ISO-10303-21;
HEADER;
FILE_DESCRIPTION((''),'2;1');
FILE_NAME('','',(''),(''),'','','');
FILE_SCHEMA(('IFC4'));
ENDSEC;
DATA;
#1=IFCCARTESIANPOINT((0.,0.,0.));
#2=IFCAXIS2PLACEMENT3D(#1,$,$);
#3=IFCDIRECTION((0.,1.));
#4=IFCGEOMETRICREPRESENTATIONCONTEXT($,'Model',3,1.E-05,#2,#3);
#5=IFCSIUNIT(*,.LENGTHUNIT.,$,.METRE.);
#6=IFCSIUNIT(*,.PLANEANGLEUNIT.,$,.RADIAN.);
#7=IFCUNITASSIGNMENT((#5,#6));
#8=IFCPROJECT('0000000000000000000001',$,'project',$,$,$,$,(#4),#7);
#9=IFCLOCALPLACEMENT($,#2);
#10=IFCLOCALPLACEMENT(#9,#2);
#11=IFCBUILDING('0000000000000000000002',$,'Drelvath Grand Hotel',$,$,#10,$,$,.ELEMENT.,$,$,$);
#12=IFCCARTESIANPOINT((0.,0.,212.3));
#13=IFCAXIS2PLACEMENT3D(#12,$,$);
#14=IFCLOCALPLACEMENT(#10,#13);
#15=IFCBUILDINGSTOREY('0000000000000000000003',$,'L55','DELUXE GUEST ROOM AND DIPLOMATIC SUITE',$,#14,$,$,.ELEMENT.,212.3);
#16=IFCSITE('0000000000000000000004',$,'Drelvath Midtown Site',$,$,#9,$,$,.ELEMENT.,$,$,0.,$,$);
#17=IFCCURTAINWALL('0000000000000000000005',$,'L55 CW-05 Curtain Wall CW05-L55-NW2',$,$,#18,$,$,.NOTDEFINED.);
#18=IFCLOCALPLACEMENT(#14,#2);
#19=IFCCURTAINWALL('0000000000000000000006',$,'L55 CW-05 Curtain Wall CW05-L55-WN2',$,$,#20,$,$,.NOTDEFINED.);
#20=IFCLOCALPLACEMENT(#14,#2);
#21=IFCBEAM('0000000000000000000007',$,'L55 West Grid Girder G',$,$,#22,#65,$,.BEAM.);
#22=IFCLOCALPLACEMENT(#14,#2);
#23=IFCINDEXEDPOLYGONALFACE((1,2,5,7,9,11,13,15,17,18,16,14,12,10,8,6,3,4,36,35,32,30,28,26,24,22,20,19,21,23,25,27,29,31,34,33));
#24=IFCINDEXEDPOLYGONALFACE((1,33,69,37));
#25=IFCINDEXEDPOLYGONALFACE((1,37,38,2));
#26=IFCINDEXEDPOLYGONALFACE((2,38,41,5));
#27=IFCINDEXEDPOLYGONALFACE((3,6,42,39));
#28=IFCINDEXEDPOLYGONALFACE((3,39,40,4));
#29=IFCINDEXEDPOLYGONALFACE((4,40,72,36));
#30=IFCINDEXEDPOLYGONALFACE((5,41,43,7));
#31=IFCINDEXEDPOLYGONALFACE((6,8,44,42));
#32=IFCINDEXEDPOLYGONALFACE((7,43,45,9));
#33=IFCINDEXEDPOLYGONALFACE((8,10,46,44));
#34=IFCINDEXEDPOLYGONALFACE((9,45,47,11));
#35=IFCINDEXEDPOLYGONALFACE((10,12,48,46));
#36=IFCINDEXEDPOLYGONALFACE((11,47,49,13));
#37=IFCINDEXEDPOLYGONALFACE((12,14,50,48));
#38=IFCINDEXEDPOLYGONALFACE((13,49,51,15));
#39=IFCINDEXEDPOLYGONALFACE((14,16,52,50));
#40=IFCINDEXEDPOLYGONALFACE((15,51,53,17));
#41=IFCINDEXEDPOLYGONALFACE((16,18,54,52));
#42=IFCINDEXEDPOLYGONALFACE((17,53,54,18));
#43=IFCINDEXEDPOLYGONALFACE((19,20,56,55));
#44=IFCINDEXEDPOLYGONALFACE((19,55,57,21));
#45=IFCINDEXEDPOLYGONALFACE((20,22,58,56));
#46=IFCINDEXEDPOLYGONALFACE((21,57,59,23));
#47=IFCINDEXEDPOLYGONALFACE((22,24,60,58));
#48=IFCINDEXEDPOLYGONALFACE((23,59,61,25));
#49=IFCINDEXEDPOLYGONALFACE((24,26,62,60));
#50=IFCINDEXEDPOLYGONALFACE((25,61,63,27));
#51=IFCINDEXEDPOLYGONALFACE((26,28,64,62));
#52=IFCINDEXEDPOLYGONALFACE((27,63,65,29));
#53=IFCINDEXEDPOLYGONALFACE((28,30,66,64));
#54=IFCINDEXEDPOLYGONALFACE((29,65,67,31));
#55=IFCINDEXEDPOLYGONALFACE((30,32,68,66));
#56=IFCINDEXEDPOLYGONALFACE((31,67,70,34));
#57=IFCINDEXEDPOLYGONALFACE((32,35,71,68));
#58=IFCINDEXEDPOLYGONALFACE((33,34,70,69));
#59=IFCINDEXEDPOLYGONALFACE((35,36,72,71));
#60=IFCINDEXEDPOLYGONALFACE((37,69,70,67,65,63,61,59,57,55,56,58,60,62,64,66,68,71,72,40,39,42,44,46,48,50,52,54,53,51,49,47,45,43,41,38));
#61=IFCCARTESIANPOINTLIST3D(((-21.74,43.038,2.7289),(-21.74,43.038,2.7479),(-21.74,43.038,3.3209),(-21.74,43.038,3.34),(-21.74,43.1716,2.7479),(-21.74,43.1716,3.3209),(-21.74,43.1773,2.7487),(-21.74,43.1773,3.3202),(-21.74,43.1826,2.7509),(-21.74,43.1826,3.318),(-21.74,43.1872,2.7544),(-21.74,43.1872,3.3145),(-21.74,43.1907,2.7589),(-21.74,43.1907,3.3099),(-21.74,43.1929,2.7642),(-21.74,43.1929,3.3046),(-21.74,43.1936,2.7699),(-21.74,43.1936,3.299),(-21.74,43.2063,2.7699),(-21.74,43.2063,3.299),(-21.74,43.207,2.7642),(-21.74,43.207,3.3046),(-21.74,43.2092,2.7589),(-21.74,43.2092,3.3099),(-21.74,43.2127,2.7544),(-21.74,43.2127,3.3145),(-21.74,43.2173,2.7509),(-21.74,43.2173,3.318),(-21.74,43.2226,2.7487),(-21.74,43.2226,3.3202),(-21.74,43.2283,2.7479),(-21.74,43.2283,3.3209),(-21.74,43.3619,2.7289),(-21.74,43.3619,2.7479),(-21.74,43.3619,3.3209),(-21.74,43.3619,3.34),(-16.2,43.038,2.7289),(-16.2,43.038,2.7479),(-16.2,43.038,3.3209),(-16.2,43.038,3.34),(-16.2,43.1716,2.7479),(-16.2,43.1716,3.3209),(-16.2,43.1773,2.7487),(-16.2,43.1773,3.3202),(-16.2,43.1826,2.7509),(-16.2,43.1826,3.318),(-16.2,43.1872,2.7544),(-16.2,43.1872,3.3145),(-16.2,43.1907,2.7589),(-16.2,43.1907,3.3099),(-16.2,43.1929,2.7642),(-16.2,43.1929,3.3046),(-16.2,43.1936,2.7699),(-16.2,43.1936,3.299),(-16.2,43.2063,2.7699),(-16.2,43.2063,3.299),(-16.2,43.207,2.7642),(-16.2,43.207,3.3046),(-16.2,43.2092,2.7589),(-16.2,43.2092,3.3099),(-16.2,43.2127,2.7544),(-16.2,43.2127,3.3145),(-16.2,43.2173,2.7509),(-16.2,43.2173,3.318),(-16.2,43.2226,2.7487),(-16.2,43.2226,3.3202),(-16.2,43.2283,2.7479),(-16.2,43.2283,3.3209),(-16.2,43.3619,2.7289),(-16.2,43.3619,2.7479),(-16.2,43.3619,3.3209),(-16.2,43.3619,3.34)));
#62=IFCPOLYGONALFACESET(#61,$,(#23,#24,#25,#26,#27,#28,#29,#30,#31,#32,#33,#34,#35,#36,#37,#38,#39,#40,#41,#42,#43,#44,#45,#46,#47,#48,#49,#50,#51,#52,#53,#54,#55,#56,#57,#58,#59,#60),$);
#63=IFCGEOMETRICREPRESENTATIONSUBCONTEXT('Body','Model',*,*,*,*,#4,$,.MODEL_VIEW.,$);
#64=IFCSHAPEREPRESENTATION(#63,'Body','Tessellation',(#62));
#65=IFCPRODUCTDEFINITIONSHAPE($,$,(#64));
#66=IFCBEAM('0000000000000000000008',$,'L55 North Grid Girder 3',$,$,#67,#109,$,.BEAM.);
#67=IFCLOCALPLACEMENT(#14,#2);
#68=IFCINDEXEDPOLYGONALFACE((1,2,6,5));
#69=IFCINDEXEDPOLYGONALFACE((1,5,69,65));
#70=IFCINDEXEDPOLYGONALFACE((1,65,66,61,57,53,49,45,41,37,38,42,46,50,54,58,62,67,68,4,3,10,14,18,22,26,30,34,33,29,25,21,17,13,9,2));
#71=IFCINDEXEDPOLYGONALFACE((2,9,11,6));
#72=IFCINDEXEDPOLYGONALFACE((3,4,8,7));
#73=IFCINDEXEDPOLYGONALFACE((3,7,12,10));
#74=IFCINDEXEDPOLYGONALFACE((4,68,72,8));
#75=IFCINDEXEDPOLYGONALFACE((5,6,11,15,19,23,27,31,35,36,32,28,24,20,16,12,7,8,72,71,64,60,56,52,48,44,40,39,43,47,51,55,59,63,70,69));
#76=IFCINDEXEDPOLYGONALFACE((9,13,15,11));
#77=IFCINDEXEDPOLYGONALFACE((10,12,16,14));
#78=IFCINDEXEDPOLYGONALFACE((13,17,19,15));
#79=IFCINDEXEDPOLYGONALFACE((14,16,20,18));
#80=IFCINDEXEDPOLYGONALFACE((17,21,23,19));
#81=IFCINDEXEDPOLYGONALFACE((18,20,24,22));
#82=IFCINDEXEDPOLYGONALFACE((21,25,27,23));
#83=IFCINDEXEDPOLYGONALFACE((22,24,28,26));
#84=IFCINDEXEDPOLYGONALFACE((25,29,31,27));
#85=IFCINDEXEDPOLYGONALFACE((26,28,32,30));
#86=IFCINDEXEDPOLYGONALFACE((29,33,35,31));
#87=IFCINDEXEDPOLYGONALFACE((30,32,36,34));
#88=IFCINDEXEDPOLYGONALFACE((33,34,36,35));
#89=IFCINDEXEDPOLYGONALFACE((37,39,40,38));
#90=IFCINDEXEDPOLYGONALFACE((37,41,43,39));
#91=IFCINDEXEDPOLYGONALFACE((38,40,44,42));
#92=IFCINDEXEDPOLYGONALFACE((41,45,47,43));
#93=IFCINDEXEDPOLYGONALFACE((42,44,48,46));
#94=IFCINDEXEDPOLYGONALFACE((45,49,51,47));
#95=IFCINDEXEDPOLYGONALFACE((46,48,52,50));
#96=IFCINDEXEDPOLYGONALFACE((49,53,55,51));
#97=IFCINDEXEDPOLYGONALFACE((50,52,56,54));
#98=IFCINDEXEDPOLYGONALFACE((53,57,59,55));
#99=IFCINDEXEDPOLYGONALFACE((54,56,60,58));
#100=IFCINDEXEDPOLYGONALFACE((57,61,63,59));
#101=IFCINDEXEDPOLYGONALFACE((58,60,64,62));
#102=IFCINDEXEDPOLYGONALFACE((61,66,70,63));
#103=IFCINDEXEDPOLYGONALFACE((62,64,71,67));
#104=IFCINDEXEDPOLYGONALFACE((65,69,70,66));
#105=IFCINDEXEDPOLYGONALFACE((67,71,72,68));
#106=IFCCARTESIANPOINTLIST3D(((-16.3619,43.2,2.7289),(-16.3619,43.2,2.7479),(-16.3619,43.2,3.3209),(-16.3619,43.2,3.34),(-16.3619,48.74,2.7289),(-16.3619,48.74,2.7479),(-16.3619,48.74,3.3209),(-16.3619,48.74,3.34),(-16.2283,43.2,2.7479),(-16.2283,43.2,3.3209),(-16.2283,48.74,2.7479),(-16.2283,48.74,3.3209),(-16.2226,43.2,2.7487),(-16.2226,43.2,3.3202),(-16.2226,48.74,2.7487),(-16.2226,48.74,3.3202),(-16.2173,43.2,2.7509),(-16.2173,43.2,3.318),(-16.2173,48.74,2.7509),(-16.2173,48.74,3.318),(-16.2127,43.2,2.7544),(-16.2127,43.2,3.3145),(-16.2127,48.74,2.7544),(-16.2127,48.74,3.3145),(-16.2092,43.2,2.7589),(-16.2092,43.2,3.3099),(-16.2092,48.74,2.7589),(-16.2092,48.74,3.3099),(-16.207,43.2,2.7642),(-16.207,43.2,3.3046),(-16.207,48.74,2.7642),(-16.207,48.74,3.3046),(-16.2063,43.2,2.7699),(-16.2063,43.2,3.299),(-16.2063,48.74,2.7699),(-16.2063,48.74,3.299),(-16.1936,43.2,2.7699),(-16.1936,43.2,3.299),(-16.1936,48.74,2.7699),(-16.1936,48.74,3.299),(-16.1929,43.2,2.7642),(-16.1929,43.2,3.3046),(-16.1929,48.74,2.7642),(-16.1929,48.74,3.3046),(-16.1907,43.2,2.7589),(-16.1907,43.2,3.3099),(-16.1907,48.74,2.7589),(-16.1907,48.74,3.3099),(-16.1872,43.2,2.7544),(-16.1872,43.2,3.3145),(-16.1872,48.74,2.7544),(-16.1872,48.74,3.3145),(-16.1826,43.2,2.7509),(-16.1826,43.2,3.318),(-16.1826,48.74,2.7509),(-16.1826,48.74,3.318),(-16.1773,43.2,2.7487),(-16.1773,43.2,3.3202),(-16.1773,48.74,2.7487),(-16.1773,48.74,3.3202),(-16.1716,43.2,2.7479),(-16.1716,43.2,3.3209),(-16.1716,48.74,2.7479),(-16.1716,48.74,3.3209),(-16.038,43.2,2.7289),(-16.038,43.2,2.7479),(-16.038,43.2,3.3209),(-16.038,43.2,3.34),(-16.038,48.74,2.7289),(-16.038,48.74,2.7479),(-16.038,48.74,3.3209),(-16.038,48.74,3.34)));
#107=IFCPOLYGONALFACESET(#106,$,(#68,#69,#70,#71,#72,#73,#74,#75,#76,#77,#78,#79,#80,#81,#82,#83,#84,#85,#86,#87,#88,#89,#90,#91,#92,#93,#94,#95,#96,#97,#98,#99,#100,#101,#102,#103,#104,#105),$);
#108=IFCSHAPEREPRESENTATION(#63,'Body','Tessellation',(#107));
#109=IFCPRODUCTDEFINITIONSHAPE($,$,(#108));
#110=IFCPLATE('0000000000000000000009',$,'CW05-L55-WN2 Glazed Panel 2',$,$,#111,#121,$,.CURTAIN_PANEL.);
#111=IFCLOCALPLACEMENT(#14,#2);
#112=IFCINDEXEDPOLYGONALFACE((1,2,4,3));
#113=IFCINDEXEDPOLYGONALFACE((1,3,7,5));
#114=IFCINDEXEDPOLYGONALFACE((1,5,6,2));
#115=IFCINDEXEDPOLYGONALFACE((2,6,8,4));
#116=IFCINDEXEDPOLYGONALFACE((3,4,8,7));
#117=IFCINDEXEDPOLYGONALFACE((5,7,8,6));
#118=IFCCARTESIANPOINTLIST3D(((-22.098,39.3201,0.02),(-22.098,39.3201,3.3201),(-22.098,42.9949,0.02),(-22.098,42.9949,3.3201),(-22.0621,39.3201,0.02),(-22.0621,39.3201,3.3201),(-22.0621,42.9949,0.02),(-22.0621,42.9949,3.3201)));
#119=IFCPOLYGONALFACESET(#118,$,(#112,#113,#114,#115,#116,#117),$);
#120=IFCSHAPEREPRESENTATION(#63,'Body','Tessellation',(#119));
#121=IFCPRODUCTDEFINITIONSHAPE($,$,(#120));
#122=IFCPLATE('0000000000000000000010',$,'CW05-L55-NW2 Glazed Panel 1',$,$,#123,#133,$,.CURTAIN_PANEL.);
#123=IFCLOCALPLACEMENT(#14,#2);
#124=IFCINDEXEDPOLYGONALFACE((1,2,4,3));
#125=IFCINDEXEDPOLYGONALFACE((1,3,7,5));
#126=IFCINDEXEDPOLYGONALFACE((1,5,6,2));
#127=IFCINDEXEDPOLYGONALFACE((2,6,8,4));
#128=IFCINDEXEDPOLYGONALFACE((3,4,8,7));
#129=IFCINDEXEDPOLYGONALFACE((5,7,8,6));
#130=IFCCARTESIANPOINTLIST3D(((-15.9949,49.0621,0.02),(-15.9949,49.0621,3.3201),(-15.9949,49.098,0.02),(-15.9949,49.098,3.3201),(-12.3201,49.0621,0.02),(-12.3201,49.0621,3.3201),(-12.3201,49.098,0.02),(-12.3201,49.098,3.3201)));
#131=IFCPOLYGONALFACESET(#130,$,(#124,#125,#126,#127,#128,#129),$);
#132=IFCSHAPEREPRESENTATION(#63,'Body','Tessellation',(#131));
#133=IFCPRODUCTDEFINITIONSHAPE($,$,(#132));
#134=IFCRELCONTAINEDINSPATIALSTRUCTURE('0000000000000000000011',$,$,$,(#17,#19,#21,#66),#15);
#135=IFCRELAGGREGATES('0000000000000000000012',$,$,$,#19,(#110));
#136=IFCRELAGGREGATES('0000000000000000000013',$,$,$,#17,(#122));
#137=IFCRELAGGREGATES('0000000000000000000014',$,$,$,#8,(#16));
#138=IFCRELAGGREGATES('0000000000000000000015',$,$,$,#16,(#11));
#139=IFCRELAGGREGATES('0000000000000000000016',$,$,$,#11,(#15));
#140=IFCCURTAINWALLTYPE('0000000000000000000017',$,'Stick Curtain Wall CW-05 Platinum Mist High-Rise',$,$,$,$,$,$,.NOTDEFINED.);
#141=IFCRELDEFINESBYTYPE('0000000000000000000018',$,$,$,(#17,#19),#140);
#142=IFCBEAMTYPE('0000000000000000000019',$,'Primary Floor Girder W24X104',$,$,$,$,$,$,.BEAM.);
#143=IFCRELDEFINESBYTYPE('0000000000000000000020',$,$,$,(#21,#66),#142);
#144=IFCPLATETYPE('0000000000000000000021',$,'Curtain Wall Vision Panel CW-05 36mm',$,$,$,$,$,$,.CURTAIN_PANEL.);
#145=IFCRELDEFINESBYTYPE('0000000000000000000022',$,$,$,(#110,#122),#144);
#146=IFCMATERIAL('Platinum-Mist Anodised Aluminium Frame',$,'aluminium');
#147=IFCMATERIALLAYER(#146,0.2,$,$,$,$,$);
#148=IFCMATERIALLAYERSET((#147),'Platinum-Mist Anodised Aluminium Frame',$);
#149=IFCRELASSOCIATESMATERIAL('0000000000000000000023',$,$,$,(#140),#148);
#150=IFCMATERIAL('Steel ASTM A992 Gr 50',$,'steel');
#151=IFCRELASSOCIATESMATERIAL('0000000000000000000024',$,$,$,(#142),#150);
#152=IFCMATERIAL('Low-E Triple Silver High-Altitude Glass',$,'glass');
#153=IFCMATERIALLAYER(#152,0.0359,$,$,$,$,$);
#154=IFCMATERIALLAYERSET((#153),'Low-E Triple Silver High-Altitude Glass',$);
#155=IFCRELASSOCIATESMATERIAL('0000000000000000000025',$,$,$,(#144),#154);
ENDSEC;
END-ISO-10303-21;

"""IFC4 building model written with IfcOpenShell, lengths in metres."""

from ifc_helpers import new_model, si_unit, direction, frame, origin, origin_2d, place, context, subcontext, project, spatial, rectangle, i_section, extrude, material, layer, layer_set, material_profile, profile_set, type_object, element, aggregate, save


model = new_model("IFC4")

# Units and contexts
model_context = context("Model", 3, precision=1e-05, world=origin(), true_north=direction((0.0, 1.0)))
body_context = subcontext(model_context, "Body", "Model", "MODEL_VIEW")
ifc_project = project(units=[si_unit("LENGTHUNIT", "METRE"), si_unit("PLANEANGLEUNIT", "RADIAN")], contexts=[model_context])

# Site, building, storey
site_placement = place(None, origin())
site = spatial("IfcSite", under=ifc_project, at=site_placement, Name="Drelvath Midtown Site", CompositionType="ELEMENT", RefElevation=0.0)
building_placement = place(site_placement, origin())
building = spatial("IfcBuilding", under=site, at=building_placement, Name="Drelvath Grand Hotel", CompositionType="ELEMENT")
storey_placement = place(building_placement, frame((0.0, 0.0, 212.3)))
storey = spatial("IfcBuildingStorey", under=building, at=storey_placement, Name="L55", Description="DELUXE GUEST ROOM AND DIPLOMATIC SUITE", CompositionType="ELEMENT", Elevation=212.3)

# Shared definitions
ifc_material_1 = material(Name="Steel ASTM A992 Gr 50", Category="steel")

# Curtain wall
ifc_material_2 = material(Name="Platinum-Mist Anodised Aluminium Frame", Category="aluminium")
ifc_layer_1 = layer(ifc_material_2, 0.2)
ifc_layer_set_1 = layer_set([ifc_layer_1], Name="Platinum-Mist Anodised Aluminium Frame")
curtain_wall_type = type_object("IfcCurtainWallType", Name="Stick Curtain Wall CW-05 Platinum Mist High-Rise", PredefinedType="NOTDEFINED", material=ifc_layer_set_1)
curtain_wall_1_placement = place(storey_placement, origin())
curtain_wall_1 = element("IfcCurtainWall", 1, at=curtain_wall_1_placement, inside=storey, type_object=curtain_wall_type, Name="L55 CW-05 Curtain Wall CW05-L55-NW2", PredefinedType="NOTDEFINED")

# Curtain wall
curtain_wall_2_placement = place(storey_placement, origin())
curtain_wall_2 = element("IfcCurtainWall", 2, at=curtain_wall_2_placement, inside=storey, type_object=curtain_wall_type, Name="L55 CW-05 Curtain Wall CW05-L55-WN2", PredefinedType="NOTDEFINED")

# Beams
ifc_material_profile_1 = material_profile(ifc_material_1, i_section(OverallWidth=0.324, OverallDepth=0.6111, WebThickness=0.0127, FlangeThickness=0.019, FilletRadius=0.022, at=origin_2d()), Name="W24X104")
ifc_profile_set_1 = profile_set([ifc_material_profile_1], Name="Steel ASTM A992 Gr 50")
beam_type_1 = type_object("IfcBeamType", Name="Primary Floor Girder W24X104", PredefinedType="BEAM", material=ifc_profile_set_1)
for number, where, z_axis, x_axis, name in (
    (3, (-21.74, 43.2, 3.0344), (1.0, 0.0, 0.0), (0.0, 1.0, 0.0), "L55 West Grid Girder G"),
    (4, (-16.2, 43.2, 3.0344), (0.0, 1.0, 0.0), (-1.0, 0.0, 0.0), "L55 North Grid Girder 3"),
):
    element("IfcBeam", number, at=place(storey_placement, frame(where, z_axis=z_axis, x_axis=x_axis)), inside=storey, type_object=beam_type_1, Name=name, PredefinedType="BEAM", context=body_context, shape_type="SweptSolid", body=[
        extrude(i_section(OverallWidth=0.324, OverallDepth=0.6111, WebThickness=0.0127, FlangeThickness=0.019, FilletRadius=0.022, at=origin_2d()), origin(), (0.0, 0.0, 1.0), 5.54),
    ])

# Plates
ifc_material_3 = material(Name="Low-E Triple Silver High-Altitude Glass", Category="glass")
ifc_layer_2 = layer(ifc_material_3, 0.0359)
ifc_layer_set_2 = layer_set([ifc_layer_2], Name="Low-E Triple Silver High-Altitude Glass")
plate_type = type_object("IfcPlateType", Name="Curtain Wall Vision Panel CW-05 36mm", PredefinedType="CURTAIN_PANEL", material=ifc_layer_set_2)
plate_1_placement = place(storey_placement, frame((-22.0801, 41.1575, 0.02), z_axis=(0.0, 0.0, 1.0), x_axis=(0.0, 1.0, 0.0)))
plate_1 = element("IfcPlate", 5, at=plate_1_placement, type_object=plate_type, Name="CW05-L55-WN2 Glazed Panel 2", PredefinedType="CURTAIN_PANEL", context=body_context, shape_type="SweptSolid", body=[
    extrude(rectangle(XDim=3.6748, YDim=0.0359, at=origin_2d()), origin(), (0.0, 0.0, 1.0), 3.3),
])
aggregate(curtain_wall_2, [plate_1])
plate_2_placement = place(storey_placement, frame((-14.1575, 49.0801, 0.02), z_axis=(0.0, 0.0, 1.0), x_axis=(1.0, 0.0, 0.0)))
plate_2 = element("IfcPlate", 6, at=plate_2_placement, type_object=plate_type, Name="CW05-L55-NW2 Glazed Panel 1", PredefinedType="CURTAIN_PANEL", context=body_context, shape_type="SweptSolid", body=[
    extrude(rectangle(XDim=3.6748, YDim=0.0359, at=origin_2d()), origin(), (0.0, 0.0, 1.0), 3.3),
])
aggregate(curtain_wall_1, [plate_2])

save(model, "model.ifc")
